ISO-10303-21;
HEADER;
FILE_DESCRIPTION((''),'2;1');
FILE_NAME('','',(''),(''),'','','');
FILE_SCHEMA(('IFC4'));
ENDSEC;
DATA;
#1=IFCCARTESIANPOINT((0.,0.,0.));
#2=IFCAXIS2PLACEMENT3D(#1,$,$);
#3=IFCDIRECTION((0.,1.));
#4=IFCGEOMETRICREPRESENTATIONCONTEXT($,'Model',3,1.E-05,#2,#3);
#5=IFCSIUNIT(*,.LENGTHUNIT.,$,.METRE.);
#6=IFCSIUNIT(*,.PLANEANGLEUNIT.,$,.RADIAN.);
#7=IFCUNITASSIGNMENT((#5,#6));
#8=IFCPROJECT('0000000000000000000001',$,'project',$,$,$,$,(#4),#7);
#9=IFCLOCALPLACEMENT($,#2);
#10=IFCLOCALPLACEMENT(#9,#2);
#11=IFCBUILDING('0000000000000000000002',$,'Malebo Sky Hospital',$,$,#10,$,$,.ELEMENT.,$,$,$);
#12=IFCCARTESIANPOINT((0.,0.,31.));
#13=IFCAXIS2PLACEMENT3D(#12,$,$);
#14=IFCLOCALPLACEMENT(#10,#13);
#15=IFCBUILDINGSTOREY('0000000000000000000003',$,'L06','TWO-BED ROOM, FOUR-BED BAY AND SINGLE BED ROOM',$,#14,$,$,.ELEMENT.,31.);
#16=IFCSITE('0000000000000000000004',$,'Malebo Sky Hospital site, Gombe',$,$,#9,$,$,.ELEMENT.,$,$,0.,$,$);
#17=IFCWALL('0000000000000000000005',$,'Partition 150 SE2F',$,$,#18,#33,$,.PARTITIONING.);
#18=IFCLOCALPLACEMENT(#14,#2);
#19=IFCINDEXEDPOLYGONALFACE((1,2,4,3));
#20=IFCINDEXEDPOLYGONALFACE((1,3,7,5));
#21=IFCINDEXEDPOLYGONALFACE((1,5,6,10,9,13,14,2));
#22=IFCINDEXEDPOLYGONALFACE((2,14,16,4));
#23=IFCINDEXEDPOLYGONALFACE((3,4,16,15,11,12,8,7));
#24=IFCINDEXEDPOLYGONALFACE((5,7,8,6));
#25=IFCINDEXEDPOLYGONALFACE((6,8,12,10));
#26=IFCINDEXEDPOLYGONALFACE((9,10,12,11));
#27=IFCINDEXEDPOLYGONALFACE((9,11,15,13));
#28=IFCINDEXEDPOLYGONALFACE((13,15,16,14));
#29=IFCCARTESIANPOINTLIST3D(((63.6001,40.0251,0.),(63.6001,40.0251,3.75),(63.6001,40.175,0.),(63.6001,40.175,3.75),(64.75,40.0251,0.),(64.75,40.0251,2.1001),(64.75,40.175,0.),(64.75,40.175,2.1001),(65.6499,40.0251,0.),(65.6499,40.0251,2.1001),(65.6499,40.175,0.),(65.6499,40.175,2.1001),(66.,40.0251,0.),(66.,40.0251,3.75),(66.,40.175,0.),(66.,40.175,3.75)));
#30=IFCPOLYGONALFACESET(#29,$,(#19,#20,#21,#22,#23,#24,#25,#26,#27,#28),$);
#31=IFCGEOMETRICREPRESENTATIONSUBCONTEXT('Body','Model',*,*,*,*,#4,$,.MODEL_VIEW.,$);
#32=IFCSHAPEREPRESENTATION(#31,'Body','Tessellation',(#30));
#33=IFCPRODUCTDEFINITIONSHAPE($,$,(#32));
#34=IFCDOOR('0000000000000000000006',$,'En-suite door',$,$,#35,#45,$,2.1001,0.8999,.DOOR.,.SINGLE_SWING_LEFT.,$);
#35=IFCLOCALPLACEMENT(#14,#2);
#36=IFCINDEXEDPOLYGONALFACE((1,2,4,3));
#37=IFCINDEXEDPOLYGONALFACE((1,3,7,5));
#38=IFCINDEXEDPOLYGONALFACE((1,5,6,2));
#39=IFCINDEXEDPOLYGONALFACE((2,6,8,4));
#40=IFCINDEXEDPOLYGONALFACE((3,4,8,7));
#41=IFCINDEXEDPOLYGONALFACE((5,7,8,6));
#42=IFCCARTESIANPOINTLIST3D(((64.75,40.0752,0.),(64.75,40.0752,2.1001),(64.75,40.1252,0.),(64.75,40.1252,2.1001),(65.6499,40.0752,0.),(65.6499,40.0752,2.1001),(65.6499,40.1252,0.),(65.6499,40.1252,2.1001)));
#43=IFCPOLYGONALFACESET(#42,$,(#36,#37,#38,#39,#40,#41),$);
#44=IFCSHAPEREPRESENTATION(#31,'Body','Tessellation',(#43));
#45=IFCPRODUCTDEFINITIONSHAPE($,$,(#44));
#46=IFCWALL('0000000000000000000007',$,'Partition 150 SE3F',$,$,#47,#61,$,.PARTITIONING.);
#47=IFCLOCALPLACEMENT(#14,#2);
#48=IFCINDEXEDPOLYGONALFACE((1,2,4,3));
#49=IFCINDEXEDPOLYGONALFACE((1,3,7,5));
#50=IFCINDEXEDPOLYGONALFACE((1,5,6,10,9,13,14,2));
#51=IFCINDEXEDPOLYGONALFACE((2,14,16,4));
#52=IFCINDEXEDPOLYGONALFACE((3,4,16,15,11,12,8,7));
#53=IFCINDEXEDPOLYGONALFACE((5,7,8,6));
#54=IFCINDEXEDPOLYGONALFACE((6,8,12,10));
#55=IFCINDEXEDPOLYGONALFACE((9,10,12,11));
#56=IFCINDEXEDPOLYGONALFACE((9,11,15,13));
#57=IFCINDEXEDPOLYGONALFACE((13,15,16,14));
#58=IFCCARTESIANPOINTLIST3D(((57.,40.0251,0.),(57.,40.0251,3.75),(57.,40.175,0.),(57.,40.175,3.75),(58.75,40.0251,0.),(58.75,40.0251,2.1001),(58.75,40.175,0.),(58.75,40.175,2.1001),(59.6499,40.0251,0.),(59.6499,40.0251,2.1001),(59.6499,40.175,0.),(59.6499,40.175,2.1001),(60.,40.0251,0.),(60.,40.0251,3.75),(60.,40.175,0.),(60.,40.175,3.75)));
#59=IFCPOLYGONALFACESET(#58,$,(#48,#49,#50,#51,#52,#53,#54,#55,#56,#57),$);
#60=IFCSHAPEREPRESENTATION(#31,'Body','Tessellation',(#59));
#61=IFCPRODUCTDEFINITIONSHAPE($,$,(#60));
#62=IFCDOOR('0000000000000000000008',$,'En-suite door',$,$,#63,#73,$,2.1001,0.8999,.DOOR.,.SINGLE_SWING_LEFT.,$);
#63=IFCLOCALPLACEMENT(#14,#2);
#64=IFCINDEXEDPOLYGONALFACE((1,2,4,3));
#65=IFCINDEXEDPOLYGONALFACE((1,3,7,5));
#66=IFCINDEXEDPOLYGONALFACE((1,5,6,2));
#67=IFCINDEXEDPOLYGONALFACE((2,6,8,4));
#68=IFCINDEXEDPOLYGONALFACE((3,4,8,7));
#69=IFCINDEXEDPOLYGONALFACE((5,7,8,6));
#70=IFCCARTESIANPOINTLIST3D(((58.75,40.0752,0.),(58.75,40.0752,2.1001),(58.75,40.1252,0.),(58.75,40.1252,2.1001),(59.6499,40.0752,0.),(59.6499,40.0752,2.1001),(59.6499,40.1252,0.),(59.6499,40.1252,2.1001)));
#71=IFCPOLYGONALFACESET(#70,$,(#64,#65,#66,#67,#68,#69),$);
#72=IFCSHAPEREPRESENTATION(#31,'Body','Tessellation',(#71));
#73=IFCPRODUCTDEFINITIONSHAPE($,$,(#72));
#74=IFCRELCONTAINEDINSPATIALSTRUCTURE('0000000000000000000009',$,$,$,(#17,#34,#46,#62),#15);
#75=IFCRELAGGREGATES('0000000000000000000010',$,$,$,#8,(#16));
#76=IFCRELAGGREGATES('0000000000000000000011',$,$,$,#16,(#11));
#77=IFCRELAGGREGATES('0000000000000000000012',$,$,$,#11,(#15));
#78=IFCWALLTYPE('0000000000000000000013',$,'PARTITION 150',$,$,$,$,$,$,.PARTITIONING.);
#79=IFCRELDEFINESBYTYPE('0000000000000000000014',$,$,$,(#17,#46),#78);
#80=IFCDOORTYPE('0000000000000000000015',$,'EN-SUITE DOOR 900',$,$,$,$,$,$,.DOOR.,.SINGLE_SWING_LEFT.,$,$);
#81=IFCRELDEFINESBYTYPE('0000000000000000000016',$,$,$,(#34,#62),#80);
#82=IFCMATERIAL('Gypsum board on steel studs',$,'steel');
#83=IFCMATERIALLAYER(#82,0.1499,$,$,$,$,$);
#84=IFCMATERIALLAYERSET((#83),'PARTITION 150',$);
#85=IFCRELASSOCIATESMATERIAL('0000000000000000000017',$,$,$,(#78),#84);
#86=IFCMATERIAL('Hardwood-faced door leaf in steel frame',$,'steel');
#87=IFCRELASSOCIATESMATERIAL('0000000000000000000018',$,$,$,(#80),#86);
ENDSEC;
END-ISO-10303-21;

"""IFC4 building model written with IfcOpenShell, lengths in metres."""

from ifc_helpers import new_model, si_unit, direction, frame, frame_2d, origin, place, context, subcontext, project, spatial, rectangle, extrude, material, layer, layer_set, type_object, element, fill, save


model = new_model("IFC4")

# Units and contexts
model_context = context("Model", 3, precision=1e-05, world=origin(), true_north=direction((0.0, 1.0)))
body_context = subcontext(model_context, "Body", "Model", "MODEL_VIEW")
ifc_project = project(units=[si_unit("LENGTHUNIT", "METRE"), si_unit("PLANEANGLEUNIT", "RADIAN")], contexts=[model_context])

# Site, building, storey
site_placement = place(None, origin())
site = spatial("IfcSite", under=ifc_project, at=site_placement, Name="Malebo Sky Hospital site, Gombe", CompositionType="ELEMENT", RefElevation=0.0)
building_placement = place(site_placement, origin())
building = spatial("IfcBuilding", under=site, at=building_placement, Name="Malebo Sky Hospital", CompositionType="ELEMENT")
storey_placement = place(building_placement, frame((0.0, 0.0, 31.0)))
storey = spatial("IfcBuildingStorey", under=building, at=storey_placement, Name="L06", Description="TWO-BED ROOM, FOUR-BED BAY AND SINGLE BED ROOM", CompositionType="ELEMENT", Elevation=31.0)

# Walls, openings, doors
ifc_material_1 = material(Name="Gypsum board on steel studs", Category="steel")
ifc_layer_1 = layer(ifc_material_1, 0.1499)
ifc_layer_set_1 = layer_set([ifc_layer_1], Name="PARTITION 150")
wall_type = type_object("IfcWallType", Name="PARTITION 150", PredefinedType="PARTITIONING", material=ifc_layer_set_1)
ifc_material_2 = material(Name="Hardwood-faced door leaf in steel frame", Category="steel")
door_type = type_object("IfcDoorType", Name="EN-SUITE DOOR 900", OperationType="SINGLE_SWING_LEFT", PredefinedType="DOOR", material=ifc_material_2)
wall_1_placement = place(storey_placement, frame((66.0, 40.1001, 0.0), z_axis=(0.0, 0.0, 1.0), x_axis=(-1.0, 0.0, 0.0)))
wall_1 = element("IfcWall", 1, at=wall_1_placement, inside=storey, type_object=wall_type, Name="Partition 150 SE2F", PredefinedType="PARTITIONING", context=body_context, shape_type="SweptSolid", body=[
    extrude(rectangle(XDim=2.3999, YDim=0.1499, at=frame_2d((1.2, 0.0))), origin(), (0.0, 0.0, 1.0), 3.75),
])
opening_1_placement = place(wall_1_placement, frame((0.3501, 0.0, 0.0)))
opening_1 = element("IfcOpeningElement", 2, at=opening_1_placement, cuts=wall_1, PredefinedType="OPENING", context=body_context, shape_type="SweptSolid", body=[
    extrude(rectangle(XDim=0.8999, YDim=2.1001, at=frame_2d((0.45, 1.05))), frame((0.0, 0.085, 0.0), z_axis=(0.0, -1.0, 0.0), x_axis=(1.0, 0.0, 0.0)), (0.0, 0.0, 1.0), 0.1699),
])
door_1_placement = place(opening_1_placement, origin())
door_1 = element("IfcDoor", 3, at=door_1_placement, inside=storey, type_object=door_type, Name="En-suite door", OperationType="SINGLE_SWING_LEFT", OverallHeight=2.1001, OverallWidth=0.8999, PredefinedType="DOOR", context=body_context, shape_type="SweptSolid", body=[
    extrude(rectangle(XDim=0.8999, YDim=2.1001, at=frame_2d((0.45, 1.05))), frame((0.0, 0.0249, 0.0), z_axis=(0.0, -1.0, 0.0), x_axis=(1.0, 0.0, 0.0)), (0.0, 0.0, 1.0), 0.05),
])
fill(opening_1, door_1)
wall_2_placement = place(storey_placement, frame((60.0, 40.1001, 0.0), z_axis=(0.0, 0.0, 1.0), x_axis=(-1.0, 0.0, 0.0)))
wall_2 = element("IfcWall", 4, at=wall_2_placement, inside=storey, type_object=wall_type, Name="Partition 150 SE3F", PredefinedType="PARTITIONING", context=body_context, shape_type="SweptSolid", body=[
    extrude(rectangle(XDim=3.0, YDim=0.1499, at=frame_2d((1.5, 0.0))), origin(), (0.0, 0.0, 1.0), 3.75),
])
opening_2_placement = place(wall_2_placement, frame((0.3501, 0.0, 0.0)))
opening_2 = element("IfcOpeningElement", 5, at=opening_2_placement, cuts=wall_2, PredefinedType="OPENING", context=body_context, shape_type="SweptSolid", body=[
    extrude(rectangle(XDim=0.8999, YDim=2.1001, at=frame_2d((0.45, 1.05))), frame((0.0, 0.085, 0.0), z_axis=(0.0, -1.0, 0.0), x_axis=(1.0, 0.0, 0.0)), (0.0, 0.0, 1.0), 0.1699),
])
door_2_placement = place(opening_2_placement, origin())
door_2 = element("IfcDoor", 6, at=door_2_placement, inside=storey, type_object=door_type, Name="En-suite door", OperationType="SINGLE_SWING_LEFT", OverallHeight=2.1001, OverallWidth=0.8999, PredefinedType="DOOR", context=body_context, shape_type="SweptSolid", body=[
    extrude(rectangle(XDim=0.8999, YDim=2.1001, at=frame_2d((0.45, 1.05))), frame((0.0, 0.0249, 0.0), z_axis=(0.0, -1.0, 0.0), x_axis=(1.0, 0.0, 0.0)), (0.0, 0.0, 1.0), 0.05),
])
fill(opening_2, door_2)

save(model, "model.ifc")
